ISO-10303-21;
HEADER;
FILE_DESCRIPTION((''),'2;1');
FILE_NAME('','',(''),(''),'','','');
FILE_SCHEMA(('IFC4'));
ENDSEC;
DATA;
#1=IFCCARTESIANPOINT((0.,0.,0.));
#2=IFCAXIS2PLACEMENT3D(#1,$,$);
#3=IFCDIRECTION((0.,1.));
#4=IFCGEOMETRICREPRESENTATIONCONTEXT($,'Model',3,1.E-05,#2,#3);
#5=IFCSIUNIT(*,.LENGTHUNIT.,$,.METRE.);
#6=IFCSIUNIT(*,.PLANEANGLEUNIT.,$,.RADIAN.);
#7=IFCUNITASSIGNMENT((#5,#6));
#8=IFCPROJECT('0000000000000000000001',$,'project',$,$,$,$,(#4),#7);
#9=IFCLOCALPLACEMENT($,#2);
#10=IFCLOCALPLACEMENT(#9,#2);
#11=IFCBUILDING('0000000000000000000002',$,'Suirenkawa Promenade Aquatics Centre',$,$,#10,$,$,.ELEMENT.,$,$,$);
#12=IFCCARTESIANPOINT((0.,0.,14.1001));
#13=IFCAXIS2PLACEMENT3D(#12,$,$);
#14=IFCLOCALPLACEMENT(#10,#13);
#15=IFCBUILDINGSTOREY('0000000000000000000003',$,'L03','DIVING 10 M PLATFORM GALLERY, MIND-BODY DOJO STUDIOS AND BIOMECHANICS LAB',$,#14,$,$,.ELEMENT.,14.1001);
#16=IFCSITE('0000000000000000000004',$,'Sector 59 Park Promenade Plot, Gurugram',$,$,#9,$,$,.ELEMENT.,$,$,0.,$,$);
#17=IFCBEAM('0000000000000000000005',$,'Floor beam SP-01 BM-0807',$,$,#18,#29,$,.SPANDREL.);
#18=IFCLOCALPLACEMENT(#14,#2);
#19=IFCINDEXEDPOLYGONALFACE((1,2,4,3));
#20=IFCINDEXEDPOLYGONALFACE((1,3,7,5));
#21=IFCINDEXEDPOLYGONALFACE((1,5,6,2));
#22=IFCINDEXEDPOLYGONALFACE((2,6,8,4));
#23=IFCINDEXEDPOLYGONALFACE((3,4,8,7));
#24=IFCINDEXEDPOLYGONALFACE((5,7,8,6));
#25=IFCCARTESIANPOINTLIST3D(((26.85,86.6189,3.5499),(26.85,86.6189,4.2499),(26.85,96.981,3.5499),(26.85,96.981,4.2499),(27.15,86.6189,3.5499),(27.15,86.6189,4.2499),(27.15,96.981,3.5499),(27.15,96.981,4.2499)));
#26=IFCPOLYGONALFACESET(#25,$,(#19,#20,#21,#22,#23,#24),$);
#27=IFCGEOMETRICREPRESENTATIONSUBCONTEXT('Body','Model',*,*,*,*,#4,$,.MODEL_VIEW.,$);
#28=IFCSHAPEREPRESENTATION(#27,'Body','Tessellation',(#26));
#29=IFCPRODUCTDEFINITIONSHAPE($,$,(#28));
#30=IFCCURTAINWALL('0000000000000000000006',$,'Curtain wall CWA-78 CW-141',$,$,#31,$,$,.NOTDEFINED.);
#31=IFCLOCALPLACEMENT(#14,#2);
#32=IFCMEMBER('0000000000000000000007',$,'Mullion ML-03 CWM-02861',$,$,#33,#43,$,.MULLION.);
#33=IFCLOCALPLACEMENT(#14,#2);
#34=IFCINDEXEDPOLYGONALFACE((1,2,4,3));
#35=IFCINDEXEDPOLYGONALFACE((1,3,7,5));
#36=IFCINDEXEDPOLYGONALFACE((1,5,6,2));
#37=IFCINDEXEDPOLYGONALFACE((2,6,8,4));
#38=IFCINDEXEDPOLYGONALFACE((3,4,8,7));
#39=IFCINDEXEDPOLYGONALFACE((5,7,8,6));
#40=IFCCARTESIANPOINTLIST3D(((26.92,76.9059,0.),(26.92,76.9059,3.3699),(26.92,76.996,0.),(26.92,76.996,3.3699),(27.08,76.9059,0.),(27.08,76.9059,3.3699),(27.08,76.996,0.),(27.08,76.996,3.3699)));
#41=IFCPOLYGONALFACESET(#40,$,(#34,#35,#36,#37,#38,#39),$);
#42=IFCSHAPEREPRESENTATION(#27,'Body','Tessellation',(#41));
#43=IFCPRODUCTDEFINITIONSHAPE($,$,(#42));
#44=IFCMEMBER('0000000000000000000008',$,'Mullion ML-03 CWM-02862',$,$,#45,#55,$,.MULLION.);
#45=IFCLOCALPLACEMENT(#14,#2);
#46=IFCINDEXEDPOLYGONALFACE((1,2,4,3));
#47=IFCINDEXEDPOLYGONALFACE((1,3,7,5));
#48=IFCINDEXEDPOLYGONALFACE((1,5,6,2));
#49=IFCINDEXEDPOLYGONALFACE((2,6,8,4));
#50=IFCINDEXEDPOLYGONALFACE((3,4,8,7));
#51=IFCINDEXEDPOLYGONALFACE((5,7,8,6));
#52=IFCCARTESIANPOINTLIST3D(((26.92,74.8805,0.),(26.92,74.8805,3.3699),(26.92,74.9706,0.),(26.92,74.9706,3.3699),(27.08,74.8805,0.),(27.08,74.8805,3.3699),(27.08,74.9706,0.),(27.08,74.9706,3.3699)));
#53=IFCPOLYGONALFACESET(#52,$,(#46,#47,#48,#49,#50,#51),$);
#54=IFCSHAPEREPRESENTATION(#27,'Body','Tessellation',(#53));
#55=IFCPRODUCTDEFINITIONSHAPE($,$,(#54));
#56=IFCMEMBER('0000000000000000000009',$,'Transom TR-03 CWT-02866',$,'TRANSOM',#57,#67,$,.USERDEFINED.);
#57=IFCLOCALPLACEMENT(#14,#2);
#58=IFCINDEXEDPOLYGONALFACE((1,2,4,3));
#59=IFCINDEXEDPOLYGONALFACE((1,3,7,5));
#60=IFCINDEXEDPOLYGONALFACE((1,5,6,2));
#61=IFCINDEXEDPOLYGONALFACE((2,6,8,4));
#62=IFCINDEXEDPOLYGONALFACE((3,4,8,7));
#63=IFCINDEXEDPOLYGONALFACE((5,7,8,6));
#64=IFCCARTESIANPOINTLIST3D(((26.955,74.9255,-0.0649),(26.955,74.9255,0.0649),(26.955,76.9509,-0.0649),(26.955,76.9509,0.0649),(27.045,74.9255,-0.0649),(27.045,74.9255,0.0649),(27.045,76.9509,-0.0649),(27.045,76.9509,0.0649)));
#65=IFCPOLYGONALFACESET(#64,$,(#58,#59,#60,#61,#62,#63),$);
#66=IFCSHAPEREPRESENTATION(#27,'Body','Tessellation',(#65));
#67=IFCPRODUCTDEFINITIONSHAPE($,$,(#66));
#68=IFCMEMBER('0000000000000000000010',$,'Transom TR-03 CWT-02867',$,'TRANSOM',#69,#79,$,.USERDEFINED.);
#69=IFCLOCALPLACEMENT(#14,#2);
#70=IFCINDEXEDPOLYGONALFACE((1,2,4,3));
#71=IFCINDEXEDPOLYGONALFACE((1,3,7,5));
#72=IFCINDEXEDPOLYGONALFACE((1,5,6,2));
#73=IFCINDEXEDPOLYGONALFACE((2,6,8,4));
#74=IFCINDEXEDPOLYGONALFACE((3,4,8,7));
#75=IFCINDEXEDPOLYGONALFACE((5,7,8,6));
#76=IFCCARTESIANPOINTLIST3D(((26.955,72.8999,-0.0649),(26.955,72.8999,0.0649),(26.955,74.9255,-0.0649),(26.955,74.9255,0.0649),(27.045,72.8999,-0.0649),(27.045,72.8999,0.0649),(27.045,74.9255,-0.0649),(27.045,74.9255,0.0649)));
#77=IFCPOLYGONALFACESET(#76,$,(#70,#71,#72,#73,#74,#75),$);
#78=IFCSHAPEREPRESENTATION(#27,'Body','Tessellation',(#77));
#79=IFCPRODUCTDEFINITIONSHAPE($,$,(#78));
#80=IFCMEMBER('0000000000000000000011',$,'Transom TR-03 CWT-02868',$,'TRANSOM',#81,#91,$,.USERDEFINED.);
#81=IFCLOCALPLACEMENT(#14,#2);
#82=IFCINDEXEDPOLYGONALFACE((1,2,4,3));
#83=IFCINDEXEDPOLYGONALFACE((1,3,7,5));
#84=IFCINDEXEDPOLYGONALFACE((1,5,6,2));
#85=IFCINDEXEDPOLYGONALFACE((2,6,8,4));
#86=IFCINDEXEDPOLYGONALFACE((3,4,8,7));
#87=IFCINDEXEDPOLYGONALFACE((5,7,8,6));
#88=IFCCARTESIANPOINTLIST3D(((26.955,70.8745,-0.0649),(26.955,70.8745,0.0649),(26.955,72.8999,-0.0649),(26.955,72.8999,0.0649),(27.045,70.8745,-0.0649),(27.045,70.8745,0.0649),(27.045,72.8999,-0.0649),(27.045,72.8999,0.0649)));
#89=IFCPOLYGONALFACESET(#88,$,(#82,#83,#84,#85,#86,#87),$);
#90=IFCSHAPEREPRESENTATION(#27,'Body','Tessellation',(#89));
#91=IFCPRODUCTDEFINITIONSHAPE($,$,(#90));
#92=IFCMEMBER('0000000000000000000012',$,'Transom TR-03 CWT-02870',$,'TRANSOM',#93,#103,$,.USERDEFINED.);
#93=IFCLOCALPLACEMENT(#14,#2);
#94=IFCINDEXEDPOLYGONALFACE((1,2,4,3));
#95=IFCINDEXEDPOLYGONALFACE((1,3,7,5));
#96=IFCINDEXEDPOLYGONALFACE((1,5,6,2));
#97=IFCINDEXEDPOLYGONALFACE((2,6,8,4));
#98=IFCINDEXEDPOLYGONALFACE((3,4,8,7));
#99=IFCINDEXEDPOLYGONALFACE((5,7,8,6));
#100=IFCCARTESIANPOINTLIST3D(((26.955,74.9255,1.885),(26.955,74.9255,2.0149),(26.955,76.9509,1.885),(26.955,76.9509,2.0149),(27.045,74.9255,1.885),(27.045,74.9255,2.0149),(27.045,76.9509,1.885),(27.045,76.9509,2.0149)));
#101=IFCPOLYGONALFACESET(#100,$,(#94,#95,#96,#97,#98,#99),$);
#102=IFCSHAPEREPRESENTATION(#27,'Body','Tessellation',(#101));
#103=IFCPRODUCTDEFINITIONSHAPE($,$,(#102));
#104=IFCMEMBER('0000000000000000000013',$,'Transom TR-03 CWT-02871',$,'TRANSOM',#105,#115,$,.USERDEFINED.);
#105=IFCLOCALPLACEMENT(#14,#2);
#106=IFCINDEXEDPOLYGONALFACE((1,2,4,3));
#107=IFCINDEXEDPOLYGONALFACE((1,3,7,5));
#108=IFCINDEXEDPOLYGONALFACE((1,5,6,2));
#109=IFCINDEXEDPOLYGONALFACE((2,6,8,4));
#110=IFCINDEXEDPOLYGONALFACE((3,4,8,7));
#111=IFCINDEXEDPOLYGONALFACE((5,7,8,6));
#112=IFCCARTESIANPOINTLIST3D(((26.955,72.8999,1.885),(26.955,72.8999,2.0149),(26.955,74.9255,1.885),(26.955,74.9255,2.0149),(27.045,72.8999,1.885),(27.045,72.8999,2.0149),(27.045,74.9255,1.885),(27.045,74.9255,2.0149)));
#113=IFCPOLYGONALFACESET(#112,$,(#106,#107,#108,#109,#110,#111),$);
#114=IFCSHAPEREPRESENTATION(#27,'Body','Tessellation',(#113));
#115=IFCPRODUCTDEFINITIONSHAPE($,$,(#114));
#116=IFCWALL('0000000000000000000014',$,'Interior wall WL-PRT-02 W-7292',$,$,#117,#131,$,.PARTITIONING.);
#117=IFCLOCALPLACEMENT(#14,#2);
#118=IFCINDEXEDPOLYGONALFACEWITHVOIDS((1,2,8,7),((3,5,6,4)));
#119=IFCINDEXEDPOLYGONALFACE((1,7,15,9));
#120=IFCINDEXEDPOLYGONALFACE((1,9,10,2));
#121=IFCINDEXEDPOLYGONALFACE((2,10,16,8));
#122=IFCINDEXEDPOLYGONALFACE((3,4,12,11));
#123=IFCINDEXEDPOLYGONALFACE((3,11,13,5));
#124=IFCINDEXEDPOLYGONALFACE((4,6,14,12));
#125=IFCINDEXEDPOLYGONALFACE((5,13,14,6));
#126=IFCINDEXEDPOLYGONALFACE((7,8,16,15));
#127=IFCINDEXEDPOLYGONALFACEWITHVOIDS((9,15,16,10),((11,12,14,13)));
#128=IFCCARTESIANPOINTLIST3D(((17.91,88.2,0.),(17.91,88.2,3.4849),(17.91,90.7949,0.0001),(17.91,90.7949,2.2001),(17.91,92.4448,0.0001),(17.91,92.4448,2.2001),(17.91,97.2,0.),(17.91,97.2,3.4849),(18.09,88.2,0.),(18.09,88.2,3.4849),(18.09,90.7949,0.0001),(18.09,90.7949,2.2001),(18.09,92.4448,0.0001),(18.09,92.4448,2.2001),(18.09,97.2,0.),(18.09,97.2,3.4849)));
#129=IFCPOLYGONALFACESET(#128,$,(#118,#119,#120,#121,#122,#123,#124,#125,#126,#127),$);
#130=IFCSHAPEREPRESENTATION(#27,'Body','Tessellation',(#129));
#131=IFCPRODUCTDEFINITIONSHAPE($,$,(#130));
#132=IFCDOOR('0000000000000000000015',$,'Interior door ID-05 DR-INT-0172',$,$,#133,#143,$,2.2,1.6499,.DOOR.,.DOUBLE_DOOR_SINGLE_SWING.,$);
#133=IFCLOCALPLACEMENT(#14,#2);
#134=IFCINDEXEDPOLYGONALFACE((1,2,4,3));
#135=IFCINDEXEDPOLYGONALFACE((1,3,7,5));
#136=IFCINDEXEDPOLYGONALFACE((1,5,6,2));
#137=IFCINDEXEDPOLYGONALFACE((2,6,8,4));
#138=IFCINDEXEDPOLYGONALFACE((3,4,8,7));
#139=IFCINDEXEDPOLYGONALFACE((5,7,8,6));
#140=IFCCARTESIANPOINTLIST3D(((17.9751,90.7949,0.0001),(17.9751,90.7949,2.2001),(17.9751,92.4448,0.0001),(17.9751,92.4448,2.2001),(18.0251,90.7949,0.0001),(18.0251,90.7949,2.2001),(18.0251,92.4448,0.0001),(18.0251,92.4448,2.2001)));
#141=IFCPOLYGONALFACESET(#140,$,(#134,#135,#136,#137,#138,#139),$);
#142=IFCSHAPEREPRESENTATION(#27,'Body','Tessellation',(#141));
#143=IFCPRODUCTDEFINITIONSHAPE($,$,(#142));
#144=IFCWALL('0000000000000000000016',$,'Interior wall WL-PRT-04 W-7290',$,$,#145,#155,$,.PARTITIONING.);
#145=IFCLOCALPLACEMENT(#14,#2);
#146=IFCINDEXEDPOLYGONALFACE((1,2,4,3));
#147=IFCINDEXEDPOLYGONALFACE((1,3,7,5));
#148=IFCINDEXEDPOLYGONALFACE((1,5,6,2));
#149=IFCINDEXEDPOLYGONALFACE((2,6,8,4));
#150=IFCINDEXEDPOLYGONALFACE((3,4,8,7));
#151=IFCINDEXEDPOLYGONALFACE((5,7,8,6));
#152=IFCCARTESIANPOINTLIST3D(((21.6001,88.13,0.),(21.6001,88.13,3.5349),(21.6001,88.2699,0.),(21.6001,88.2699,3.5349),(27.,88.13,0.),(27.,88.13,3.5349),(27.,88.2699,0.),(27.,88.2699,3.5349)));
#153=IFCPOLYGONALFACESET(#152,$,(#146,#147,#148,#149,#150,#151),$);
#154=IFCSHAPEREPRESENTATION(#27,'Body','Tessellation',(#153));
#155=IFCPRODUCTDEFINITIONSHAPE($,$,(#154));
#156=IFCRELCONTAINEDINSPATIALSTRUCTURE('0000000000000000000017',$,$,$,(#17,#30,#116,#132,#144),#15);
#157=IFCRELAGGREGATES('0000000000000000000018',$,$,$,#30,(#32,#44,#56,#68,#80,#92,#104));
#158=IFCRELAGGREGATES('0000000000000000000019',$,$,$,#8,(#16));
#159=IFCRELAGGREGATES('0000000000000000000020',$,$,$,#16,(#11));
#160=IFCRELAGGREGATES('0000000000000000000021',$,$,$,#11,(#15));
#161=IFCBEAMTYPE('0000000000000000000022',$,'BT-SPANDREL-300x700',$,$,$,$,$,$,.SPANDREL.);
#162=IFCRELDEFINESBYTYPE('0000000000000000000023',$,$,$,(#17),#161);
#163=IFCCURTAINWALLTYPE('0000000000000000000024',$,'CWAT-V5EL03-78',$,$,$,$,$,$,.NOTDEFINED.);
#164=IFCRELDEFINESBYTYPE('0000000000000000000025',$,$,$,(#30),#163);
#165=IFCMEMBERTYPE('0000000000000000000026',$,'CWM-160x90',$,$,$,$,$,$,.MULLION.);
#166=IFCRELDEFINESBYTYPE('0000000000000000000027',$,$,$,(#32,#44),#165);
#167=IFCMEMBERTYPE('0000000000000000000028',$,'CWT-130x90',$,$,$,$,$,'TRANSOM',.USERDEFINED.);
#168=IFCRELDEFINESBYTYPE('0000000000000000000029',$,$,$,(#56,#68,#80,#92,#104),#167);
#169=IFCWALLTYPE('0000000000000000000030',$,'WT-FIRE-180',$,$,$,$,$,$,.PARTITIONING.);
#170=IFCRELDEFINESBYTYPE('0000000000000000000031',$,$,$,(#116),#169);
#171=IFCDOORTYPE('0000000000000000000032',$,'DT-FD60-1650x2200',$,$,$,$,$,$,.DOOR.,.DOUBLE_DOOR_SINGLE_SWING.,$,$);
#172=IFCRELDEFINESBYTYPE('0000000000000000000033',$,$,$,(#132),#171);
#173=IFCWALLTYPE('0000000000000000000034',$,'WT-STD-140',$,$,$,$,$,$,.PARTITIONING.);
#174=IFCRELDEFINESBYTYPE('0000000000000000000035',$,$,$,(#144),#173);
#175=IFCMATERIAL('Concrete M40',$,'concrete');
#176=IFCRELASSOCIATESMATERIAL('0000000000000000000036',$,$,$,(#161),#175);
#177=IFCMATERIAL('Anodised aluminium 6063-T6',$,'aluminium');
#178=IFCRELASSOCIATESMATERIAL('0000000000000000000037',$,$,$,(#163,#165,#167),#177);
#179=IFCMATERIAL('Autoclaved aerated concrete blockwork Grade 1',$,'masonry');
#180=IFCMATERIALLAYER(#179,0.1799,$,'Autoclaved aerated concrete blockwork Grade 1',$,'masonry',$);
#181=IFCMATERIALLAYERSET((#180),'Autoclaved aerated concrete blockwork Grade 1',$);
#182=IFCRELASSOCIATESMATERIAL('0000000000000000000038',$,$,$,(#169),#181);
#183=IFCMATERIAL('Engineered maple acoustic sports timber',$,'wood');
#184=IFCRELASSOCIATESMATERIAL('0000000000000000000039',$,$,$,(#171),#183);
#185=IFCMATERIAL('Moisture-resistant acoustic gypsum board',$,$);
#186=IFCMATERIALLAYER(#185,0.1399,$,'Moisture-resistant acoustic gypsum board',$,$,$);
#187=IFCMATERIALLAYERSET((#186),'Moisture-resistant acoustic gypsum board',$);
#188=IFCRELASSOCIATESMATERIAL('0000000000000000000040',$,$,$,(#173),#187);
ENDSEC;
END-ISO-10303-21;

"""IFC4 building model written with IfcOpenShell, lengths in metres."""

from ifc_helpers import new_model, si_unit, direction, frame, frame_2d, origin, origin_2d, place, context, subcontext, project, spatial, rectangle, extrude, material, layer, layer_set, material_profile, profile_set, type_object, element, fill, aggregate, save


model = new_model("IFC4")

# Units and contexts
model_context = context("Model", 3, precision=1e-05, world=origin(), true_north=direction((0.0, 1.0)))
body_context = subcontext(model_context, "Body", "Model", "MODEL_VIEW")
ifc_project = project(units=[si_unit("LENGTHUNIT", "METRE"), si_unit("PLANEANGLEUNIT", "RADIAN")], contexts=[model_context])

# Site, building, storey
site_placement = place(None, origin())
site = spatial("IfcSite", under=ifc_project, at=site_placement, Name="Sector 59 Park Promenade Plot, Gurugram", CompositionType="ELEMENT", RefElevation=0.0)
building_placement = place(site_placement, origin())
building = spatial("IfcBuilding", under=site, at=building_placement, Name="Suirenkawa Promenade Aquatics Centre", CompositionType="ELEMENT")
storey_placement = place(building_placement, frame((0.0, 0.0, 14.1001)))
storey = spatial("IfcBuildingStorey", under=building, at=storey_placement, Name="L03", Description="DIVING 10 M PLATFORM GALLERY, MIND-BODY DOJO STUDIOS AND BIOMECHANICS LAB", CompositionType="ELEMENT", Elevation=14.1001)

# Shared definitions
ifc_material_1 = material(Name="Concrete M40", Category="concrete")

# Beam
ifc_material_profile_1 = material_profile(ifc_material_1, rectangle(XDim=0.3, YDim=0.7, at=origin_2d()), Name="RC SPANDREL 300x700", Category="concrete")
ifc_profile_set_1 = profile_set([ifc_material_profile_1], Name="Concrete M40")
beam_type_1 = type_object("IfcBeamType", Name="BT-SPANDREL-300x700", PredefinedType="SPANDREL", material=ifc_profile_set_1)
beam_1_placement = place(storey_placement, frame((27.0, 86.6189, 3.8999), z_axis=(0.0, 1.0, 0.0), x_axis=(-1.0, 0.0, 0.0)))
element("IfcBeam", 1, at=beam_1_placement, inside=storey, type_object=beam_type_1, Name="Floor beam SP-01 BM-0807", PredefinedType="SPANDREL", context=body_context, shape_type="SweptSolid", body=[
    extrude(rectangle(XDim=0.3, YDim=0.7, at=origin_2d()), origin(), (0.0, 0.0, 1.0), 10.3621),
])

# Curtain wall, members
ifc_material_2 = material(Name="Anodised aluminium 6063-T6", Category="aluminium")
curtain_wall_type = type_object("IfcCurtainWallType", Name="CWAT-V5EL03-78", PredefinedType="NOTDEFINED", material=ifc_material_2)
curtain_wall_placement = place(storey_placement, origin())
curtain_wall = element("IfcCurtainWall", 2, at=curtain_wall_placement, inside=storey, type_object=curtain_wall_type, Name="Curtain wall CWA-78 CW-141", PredefinedType="NOTDEFINED")
ifc_material_profile_2 = material_profile(ifc_material_2, rectangle(XDim=0.0901, YDim=0.1599, at=origin_2d()), Name="ALU MULL 90x160", Category="aluminium")
ifc_profile_set_2 = profile_set([ifc_material_profile_2], Name="Anodised aluminium 6063-T6")
member_type_1 = type_object("IfcMemberType", Name="CWM-160x90", PredefinedType="MULLION", material=ifc_profile_set_2)
member_1_placement = place(storey_placement, frame((27.0, 76.9509, 0.0), z_axis=(0.0, 0.0, 1.0), x_axis=(0.0, -1.0, 0.0)))
member_1 = element("IfcMember", 3, at=member_1_placement, type_object=member_type_1, Name="Mullion ML-03 CWM-02861", PredefinedType="MULLION", context=body_context, shape_type="SweptSolid", body=[
    extrude(rectangle(XDim=0.0901, YDim=0.1599, at=origin_2d()), origin(), (0.0, 0.0, 1.0), 3.3699),
])
member_2_placement = place(storey_placement, frame((27.0, 74.9255, 0.0), z_axis=(0.0, 0.0, 1.0), x_axis=(0.0, -1.0, 0.0)))
member_2 = element("IfcMember", 4, at=member_2_placement, type_object=member_type_1, Name="Mullion ML-03 CWM-02862", PredefinedType="MULLION", context=body_context, shape_type="SweptSolid", body=[
    extrude(rectangle(XDim=0.0901, YDim=0.1599, at=origin_2d()), origin(), (0.0, 0.0, 1.0), 3.3699),
])
ifc_material_profile_3 = material_profile(ifc_material_2, rectangle(XDim=0.0901, YDim=0.1299, at=origin_2d()), Name="ALU TRAN 90x130", Category="aluminium")
ifc_profile_set_3 = profile_set([ifc_material_profile_3], Name="Anodised aluminium 6063-T6")
member_type_2 = type_object("IfcMemberType", Name="CWT-130x90", ElementType="TRANSOM", PredefinedType="USERDEFINED", material=ifc_profile_set_3)
member_3_placement = place(storey_placement, frame((27.0, 76.9509, 0.0), z_axis=(0.0, -1.0, 0.0), x_axis=(1.0, 0.0, 0.0)))
member_3 = element("IfcMember", 5, at=member_3_placement, type_object=member_type_2, Name="Transom TR-03 CWT-02866", ObjectType="TRANSOM", PredefinedType="USERDEFINED", context=body_context, shape_type="SweptSolid", body=[
    extrude(rectangle(XDim=0.0901, YDim=0.1299, at=origin_2d()), origin(), (0.0, 0.0, 1.0), 2.0254),
])
member_4_placement = place(storey_placement, frame((27.0, 74.9255, 0.0), z_axis=(0.0, -1.0, 0.0), x_axis=(1.0, 0.0, 0.0)))
member_4 = element("IfcMember", 6, at=member_4_placement, type_object=member_type_2, Name="Transom TR-03 CWT-02867", ObjectType="TRANSOM", PredefinedType="USERDEFINED", context=body_context, shape_type="SweptSolid", body=[
    extrude(rectangle(XDim=0.0901, YDim=0.1299, at=origin_2d()), origin(), (0.0, 0.0, 1.0), 2.0256),
])
member_5_placement = place(storey_placement, frame((27.0, 72.8999, 0.0), z_axis=(0.0, -1.0, 0.0), x_axis=(1.0, 0.0, 0.0)))
member_5 = element("IfcMember", 7, at=member_5_placement, type_object=member_type_2, Name="Transom TR-03 CWT-02868", ObjectType="TRANSOM", PredefinedType="USERDEFINED", context=body_context, shape_type="SweptSolid", body=[
    extrude(rectangle(XDim=0.0901, YDim=0.1299, at=origin_2d()), origin(), (0.0, 0.0, 1.0), 2.0254),
])
member_6_placement = place(storey_placement, frame((27.0, 76.9509, 1.95), z_axis=(0.0, -1.0, 0.0), x_axis=(1.0, 0.0, 0.0)))
member_6 = element("IfcMember", 8, at=member_6_placement, type_object=member_type_2, Name="Transom TR-03 CWT-02870", ObjectType="TRANSOM", PredefinedType="USERDEFINED", context=body_context, shape_type="SweptSolid", body=[
    extrude(rectangle(XDim=0.0901, YDim=0.1299, at=origin_2d()), origin(), (0.0, 0.0, 1.0), 2.0254),
])
member_7_placement = place(storey_placement, frame((27.0, 74.9255, 1.95), z_axis=(0.0, -1.0, 0.0), x_axis=(1.0, 0.0, 0.0)))
member_7 = element("IfcMember", 9, at=member_7_placement, type_object=member_type_2, Name="Transom TR-03 CWT-02871", ObjectType="TRANSOM", PredefinedType="USERDEFINED", context=body_context, shape_type="SweptSolid", body=[
    extrude(rectangle(XDim=0.0901, YDim=0.1299, at=origin_2d()), origin(), (0.0, 0.0, 1.0), 2.0256),
])
aggregate(curtain_wall, [member_1, member_2, member_3, member_4, member_5, member_6, member_7])

# Wall, opening, door
ifc_material_3 = material(Name="Autoclaved aerated concrete blockwork Grade 1", Category="masonry")
ifc_layer_1 = layer(ifc_material_3, 0.1799, Name="Autoclaved aerated concrete blockwork Grade 1", Category="masonry")
ifc_layer_set_1 = layer_set([ifc_layer_1], Name="Autoclaved aerated concrete blockwork Grade 1")
wall_type_1 = type_object("IfcWallType", Name="WT-FIRE-180", PredefinedType="PARTITIONING", material=ifc_layer_set_1)
wall_1_placement = place(storey_placement, frame((18.0, 88.2, 0.0), z_axis=(0.0, 0.0, 1.0), x_axis=(0.0, 1.0, 0.0)))
wall_1 = element("IfcWall", 10, at=wall_1_placement, inside=storey, type_object=wall_type_1, Name="Interior wall WL-PRT-02 W-7292", PredefinedType="PARTITIONING", context=body_context, shape_type="SweptSolid", body=[
    extrude(rectangle(XDim=9.0, YDim=0.1799, at=frame_2d((4.5, 0.0))), origin(), (0.0, 0.0, 1.0), 3.4849),
])
opening_placement = place(wall_1_placement, frame((2.595, 0.0, 0.0)))
opening = element("IfcOpeningElement", 11, at=opening_placement, cuts=wall_1, PredefinedType="OPENING", context=body_context, shape_type="SweptSolid", body=[
    extrude(rectangle(XDim=1.6499, YDim=2.2, at=frame_2d((0.825, 1.1001))), frame((0.0, 0.0999, 0.0), z_axis=(0.0, -1.0, 0.0), x_axis=(1.0, 0.0, 0.0)), (0.0, 0.0, 1.0), 0.2),
])
ifc_material_4 = material(Name="Engineered maple acoustic sports timber", Category="wood")
door_type = type_object("IfcDoorType", Name="DT-FD60-1650x2200", OperationType="DOUBLE_DOOR_SINGLE_SWING", PredefinedType="DOOR", material=ifc_material_4)
door_placement = place(opening_placement, origin())
door = element("IfcDoor", 12, at=door_placement, inside=storey, type_object=door_type, Name="Interior door ID-05 DR-INT-0172", OperationType="DOUBLE_DOOR_SINGLE_SWING", OverallHeight=2.2, OverallWidth=1.6499, PredefinedType="DOOR", context=body_context, shape_type="SweptSolid", body=[
    extrude(rectangle(XDim=1.6499, YDim=2.2, at=frame_2d((0.825, 1.1001))), frame((0.0, 0.0249, 0.0), z_axis=(0.0, -1.0, 0.0), x_axis=(1.0, 0.0, 0.0)), (0.0, 0.0, 1.0), 0.05),
])
fill(opening, door)

# Wall
ifc_material_5 = material(Name="Moisture-resistant acoustic gypsum board")
ifc_layer_2 = layer(ifc_material_5, 0.1399, Name="Moisture-resistant acoustic gypsum board")
ifc_layer_set_2 = layer_set([ifc_layer_2], Name="Moisture-resistant acoustic gypsum board")
wall_type_2 = type_object("IfcWallType", Name="WT-STD-140", PredefinedType="PARTITIONING", material=ifc_layer_set_2)
wall_2_placement = place(storey_placement, frame((21.6001, 88.2, 0.0), z_axis=(0.0, 0.0, 1.0), x_axis=(1.0, 0.0, 0.0)))
element("IfcWall", 13, at=wall_2_placement, inside=storey, type_object=wall_type_2, Name="Interior wall WL-PRT-04 W-7290", PredefinedType="PARTITIONING", context=body_context, shape_type="SweptSolid", body=[
    extrude(rectangle(XDim=5.3999, YDim=0.1399, at=frame_2d((2.7, 0.0))), origin(), (0.0, 0.0, 1.0), 3.5349),
])

save(model, "model.ifc")
